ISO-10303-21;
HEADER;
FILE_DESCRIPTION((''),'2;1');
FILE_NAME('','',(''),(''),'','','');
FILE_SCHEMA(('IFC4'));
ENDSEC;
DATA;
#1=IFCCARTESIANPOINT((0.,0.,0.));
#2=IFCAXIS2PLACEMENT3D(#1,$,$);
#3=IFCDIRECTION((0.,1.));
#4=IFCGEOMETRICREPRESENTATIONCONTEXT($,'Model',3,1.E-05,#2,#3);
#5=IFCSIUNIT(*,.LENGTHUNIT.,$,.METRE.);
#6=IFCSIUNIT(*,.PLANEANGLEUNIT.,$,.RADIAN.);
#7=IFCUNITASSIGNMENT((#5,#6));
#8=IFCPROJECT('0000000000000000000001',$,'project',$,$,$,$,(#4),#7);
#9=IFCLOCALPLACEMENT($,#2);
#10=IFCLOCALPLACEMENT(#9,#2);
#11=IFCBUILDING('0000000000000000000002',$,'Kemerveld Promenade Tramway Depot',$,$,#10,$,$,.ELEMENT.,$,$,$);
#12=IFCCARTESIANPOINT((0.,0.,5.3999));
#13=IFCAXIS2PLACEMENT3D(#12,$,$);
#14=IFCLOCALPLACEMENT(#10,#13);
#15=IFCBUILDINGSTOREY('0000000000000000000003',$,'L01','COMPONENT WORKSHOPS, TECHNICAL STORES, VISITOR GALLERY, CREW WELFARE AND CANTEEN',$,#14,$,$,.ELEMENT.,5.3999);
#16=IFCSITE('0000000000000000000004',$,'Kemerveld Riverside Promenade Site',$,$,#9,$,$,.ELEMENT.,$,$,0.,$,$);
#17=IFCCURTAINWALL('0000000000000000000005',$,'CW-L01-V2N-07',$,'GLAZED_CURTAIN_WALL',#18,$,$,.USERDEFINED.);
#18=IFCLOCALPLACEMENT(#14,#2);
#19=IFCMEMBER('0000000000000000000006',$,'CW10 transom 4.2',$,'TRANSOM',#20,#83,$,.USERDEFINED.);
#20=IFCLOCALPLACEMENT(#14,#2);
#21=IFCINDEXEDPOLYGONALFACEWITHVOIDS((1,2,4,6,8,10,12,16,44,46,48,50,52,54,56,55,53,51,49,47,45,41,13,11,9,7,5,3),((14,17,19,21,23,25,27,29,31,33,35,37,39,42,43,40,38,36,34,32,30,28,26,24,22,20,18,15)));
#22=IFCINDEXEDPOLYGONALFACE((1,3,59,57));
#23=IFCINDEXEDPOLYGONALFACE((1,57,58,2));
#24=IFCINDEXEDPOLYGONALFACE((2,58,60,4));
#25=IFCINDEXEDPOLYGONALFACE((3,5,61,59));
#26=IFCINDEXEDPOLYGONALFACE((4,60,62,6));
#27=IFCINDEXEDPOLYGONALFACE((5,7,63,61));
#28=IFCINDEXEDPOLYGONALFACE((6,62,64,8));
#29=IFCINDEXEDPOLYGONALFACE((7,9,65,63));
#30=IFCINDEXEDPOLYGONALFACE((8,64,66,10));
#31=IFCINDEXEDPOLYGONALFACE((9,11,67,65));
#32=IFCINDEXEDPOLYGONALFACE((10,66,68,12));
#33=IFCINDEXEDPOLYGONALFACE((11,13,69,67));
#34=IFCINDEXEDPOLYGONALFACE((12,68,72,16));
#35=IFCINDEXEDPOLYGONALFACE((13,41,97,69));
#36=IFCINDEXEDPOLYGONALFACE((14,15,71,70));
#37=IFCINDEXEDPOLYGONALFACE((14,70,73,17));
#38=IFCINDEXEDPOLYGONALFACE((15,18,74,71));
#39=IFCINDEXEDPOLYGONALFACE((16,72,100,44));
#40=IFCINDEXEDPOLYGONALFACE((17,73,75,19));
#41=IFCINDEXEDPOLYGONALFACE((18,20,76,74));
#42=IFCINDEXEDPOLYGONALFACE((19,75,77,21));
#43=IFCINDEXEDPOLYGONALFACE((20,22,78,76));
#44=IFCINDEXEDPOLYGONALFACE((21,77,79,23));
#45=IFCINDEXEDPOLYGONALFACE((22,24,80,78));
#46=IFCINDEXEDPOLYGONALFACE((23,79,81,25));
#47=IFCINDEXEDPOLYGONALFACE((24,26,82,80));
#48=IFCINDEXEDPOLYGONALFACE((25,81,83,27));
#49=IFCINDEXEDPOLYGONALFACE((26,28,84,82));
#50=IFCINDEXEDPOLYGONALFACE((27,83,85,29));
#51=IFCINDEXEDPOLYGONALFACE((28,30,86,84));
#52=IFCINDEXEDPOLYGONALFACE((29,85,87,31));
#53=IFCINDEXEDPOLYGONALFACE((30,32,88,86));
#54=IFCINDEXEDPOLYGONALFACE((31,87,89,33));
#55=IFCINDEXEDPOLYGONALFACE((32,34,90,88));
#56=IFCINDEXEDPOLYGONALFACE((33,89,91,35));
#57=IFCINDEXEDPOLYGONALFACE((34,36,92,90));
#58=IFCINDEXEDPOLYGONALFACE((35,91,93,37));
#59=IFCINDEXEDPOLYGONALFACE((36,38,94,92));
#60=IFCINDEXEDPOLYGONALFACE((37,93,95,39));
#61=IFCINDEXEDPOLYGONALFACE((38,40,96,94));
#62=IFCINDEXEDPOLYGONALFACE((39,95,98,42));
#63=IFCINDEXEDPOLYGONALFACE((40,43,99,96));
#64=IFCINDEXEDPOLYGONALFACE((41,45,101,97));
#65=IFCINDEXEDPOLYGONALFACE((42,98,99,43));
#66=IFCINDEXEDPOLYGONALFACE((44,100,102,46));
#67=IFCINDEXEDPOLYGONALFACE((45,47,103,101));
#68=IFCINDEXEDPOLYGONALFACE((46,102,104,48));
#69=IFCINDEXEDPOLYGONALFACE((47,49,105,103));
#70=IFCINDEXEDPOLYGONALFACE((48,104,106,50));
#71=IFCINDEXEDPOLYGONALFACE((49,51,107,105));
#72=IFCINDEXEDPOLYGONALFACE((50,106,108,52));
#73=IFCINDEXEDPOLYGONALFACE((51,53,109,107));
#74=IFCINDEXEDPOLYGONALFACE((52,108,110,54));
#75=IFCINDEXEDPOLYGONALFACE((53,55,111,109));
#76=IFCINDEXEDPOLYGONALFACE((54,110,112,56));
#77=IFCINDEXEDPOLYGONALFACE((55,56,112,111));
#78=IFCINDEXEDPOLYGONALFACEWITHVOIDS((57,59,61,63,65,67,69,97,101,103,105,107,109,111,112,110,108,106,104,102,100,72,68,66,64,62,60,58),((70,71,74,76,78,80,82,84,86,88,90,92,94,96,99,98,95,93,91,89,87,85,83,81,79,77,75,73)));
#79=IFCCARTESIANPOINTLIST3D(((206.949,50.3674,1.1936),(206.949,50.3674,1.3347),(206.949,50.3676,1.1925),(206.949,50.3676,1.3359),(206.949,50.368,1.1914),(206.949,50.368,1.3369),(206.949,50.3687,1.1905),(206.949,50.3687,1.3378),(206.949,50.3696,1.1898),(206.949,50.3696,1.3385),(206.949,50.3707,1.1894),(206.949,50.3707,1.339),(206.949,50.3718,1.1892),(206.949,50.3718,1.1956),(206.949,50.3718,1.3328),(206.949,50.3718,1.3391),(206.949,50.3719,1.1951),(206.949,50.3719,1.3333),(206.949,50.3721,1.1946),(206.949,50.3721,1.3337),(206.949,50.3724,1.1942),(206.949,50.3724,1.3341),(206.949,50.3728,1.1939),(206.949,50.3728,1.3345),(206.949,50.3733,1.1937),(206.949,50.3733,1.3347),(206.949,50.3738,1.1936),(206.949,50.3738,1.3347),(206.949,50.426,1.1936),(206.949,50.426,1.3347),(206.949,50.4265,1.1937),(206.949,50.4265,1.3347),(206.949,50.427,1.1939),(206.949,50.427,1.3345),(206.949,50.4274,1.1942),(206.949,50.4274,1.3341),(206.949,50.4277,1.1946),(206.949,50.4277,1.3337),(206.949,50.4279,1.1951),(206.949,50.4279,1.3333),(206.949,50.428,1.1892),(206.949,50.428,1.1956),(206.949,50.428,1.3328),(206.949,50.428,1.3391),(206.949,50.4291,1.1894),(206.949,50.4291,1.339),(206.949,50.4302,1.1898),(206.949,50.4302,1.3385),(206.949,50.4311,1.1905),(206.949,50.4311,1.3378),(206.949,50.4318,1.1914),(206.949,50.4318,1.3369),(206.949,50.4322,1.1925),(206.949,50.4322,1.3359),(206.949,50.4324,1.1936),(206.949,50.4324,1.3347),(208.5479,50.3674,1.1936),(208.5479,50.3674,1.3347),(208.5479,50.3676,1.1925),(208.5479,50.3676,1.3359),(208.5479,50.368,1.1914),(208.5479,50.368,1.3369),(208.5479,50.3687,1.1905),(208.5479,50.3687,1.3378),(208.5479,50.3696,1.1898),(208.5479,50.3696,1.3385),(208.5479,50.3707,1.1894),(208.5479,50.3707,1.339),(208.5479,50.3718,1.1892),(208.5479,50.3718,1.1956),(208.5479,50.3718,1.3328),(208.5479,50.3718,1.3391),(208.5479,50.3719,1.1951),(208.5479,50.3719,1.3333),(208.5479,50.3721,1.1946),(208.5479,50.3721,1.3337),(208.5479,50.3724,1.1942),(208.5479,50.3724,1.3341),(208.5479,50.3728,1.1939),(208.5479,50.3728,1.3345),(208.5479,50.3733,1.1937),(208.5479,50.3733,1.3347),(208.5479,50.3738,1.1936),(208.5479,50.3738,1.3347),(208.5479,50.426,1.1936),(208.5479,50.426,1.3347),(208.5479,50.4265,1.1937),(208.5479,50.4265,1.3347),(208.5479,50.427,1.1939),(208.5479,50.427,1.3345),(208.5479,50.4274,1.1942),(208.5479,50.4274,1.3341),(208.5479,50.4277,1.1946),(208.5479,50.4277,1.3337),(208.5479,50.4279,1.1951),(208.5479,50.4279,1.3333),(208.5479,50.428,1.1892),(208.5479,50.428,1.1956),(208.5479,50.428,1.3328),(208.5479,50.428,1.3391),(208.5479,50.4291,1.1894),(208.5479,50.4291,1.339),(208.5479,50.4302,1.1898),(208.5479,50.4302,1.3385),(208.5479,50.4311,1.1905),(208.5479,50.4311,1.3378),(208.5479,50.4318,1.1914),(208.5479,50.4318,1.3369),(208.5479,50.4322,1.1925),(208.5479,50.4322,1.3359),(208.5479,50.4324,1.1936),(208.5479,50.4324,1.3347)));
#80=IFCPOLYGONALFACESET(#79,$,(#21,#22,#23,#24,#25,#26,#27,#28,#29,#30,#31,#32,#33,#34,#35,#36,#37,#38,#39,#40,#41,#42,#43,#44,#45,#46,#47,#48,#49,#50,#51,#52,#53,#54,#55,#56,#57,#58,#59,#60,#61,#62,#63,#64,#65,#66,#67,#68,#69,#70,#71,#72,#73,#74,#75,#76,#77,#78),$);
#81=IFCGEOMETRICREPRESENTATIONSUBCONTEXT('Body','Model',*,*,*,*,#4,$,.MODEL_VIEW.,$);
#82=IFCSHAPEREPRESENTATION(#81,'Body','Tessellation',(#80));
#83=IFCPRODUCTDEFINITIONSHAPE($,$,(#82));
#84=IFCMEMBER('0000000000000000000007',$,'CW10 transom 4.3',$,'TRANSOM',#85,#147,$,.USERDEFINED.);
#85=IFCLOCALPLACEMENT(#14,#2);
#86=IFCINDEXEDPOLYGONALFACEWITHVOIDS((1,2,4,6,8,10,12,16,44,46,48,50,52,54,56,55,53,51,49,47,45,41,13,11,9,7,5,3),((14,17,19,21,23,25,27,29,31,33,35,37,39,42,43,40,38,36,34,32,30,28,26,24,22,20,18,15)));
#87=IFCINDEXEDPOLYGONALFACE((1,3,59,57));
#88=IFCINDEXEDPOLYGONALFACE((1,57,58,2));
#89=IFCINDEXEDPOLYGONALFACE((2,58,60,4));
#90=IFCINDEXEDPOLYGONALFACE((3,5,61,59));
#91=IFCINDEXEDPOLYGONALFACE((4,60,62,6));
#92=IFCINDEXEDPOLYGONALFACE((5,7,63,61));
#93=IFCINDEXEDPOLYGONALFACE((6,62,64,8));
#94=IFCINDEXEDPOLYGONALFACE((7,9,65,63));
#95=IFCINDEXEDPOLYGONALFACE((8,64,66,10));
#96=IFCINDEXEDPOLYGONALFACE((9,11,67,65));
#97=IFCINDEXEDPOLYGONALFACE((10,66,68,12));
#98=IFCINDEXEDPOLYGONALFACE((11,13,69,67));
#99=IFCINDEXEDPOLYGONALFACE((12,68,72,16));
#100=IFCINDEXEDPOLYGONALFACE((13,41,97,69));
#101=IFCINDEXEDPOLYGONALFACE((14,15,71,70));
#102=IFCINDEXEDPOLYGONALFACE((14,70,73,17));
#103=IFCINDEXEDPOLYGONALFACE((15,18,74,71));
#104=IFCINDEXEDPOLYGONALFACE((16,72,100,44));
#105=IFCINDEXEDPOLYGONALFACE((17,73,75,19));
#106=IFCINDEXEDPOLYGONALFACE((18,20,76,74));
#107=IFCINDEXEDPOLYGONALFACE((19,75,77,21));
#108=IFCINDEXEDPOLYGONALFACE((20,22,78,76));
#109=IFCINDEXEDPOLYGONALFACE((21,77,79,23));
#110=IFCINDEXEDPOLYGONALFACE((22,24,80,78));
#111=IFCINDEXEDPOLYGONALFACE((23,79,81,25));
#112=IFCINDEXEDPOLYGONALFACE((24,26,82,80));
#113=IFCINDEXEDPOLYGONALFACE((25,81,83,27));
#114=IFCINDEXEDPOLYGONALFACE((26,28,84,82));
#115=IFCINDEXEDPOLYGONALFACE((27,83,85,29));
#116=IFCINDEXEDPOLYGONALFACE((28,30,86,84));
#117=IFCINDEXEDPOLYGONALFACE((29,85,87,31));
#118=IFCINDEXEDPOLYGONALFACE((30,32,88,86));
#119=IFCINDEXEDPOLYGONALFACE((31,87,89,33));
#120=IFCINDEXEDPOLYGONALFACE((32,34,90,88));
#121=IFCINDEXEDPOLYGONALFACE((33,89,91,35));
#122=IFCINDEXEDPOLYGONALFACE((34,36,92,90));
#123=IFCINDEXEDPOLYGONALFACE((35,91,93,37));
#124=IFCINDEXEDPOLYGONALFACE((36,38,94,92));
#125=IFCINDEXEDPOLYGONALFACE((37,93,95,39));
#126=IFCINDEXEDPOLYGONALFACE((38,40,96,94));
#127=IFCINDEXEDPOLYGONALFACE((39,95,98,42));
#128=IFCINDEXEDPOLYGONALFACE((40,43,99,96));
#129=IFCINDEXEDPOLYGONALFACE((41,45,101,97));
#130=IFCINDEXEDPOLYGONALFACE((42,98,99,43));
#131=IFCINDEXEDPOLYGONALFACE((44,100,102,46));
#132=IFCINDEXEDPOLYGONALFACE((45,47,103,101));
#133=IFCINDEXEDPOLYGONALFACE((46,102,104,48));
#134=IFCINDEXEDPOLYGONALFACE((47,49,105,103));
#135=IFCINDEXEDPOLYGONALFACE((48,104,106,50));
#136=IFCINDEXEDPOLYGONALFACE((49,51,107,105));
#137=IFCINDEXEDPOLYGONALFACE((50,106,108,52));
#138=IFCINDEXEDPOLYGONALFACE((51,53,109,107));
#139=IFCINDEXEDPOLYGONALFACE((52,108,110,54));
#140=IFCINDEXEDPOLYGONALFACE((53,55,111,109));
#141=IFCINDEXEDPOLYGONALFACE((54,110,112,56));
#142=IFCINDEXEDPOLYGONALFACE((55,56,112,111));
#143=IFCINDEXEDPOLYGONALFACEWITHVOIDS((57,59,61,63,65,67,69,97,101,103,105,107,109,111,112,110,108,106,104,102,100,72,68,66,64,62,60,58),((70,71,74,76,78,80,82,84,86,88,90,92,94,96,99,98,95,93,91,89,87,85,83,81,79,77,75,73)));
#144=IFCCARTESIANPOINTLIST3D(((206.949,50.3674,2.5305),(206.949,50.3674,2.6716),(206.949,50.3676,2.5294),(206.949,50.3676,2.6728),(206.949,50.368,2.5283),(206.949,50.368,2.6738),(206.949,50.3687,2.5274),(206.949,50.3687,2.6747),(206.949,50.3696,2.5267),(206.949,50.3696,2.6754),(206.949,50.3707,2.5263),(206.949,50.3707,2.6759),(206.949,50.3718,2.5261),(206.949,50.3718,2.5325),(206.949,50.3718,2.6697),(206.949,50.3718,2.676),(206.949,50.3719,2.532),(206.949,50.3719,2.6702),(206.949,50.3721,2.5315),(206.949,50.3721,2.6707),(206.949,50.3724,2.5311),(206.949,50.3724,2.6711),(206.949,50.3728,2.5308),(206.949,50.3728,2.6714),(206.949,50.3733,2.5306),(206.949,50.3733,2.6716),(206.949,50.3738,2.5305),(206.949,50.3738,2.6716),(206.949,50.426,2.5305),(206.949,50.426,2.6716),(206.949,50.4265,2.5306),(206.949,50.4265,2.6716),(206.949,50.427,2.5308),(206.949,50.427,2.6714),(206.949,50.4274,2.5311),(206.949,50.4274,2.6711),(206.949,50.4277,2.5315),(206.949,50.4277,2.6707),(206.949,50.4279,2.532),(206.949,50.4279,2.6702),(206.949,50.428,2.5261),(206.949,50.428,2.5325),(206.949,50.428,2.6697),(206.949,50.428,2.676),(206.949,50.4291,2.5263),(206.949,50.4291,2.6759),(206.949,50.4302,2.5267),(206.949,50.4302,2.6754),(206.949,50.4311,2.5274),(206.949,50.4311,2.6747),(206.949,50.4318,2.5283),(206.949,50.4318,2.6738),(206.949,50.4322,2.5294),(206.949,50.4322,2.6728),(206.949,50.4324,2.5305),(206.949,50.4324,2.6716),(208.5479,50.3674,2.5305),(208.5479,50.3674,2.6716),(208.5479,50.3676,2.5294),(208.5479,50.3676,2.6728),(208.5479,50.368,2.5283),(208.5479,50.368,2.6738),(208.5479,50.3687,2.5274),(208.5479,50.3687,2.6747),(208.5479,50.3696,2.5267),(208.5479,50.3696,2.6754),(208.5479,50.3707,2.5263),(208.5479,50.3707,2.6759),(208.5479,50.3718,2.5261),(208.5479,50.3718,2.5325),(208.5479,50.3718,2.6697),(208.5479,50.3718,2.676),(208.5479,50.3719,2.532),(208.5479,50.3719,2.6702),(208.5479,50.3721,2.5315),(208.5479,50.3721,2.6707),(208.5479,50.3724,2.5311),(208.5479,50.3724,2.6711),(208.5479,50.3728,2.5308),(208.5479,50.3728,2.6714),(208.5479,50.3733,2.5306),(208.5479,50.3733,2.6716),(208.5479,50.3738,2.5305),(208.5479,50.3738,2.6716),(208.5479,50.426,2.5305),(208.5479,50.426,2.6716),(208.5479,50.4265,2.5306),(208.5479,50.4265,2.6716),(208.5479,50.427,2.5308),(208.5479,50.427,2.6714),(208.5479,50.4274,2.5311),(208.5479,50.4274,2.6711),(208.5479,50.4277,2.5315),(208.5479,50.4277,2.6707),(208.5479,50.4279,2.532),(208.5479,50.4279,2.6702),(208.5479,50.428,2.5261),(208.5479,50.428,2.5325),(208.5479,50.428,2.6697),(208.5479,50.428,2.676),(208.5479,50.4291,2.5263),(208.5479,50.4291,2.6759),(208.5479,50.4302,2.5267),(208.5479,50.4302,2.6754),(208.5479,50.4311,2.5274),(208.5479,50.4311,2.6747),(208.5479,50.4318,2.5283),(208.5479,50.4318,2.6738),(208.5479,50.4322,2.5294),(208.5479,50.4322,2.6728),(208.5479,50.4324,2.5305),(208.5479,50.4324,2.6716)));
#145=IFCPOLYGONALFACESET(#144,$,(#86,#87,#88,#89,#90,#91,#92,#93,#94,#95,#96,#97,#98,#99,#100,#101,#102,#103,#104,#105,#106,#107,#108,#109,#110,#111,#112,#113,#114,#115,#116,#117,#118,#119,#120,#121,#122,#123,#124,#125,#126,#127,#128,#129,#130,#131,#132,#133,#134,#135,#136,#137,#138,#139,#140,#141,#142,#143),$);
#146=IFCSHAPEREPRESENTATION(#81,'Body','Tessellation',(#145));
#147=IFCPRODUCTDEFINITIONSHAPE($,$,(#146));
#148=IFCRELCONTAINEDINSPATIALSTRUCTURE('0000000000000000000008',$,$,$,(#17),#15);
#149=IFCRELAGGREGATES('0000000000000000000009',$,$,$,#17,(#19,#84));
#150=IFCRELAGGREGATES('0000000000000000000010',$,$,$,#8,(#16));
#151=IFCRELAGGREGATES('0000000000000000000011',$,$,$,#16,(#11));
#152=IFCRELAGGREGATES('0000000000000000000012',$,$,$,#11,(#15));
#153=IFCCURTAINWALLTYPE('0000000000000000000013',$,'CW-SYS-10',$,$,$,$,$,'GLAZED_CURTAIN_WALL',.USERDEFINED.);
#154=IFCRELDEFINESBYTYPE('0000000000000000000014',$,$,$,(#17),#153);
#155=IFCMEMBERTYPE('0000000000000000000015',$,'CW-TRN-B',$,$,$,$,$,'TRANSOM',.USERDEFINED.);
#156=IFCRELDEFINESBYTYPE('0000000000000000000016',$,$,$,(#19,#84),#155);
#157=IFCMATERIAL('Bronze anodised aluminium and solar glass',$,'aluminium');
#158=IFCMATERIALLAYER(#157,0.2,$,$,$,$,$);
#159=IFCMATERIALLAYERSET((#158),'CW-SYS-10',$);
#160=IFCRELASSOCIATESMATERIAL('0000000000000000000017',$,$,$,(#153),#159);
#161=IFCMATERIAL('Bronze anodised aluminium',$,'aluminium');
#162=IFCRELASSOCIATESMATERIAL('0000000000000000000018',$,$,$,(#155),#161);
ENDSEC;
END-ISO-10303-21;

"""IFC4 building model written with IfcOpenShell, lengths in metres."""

from ifc_helpers import new_model, si_unit, direction, frame, origin, origin_2d, place, context, subcontext, project, spatial, hollow_rectangle, extrude, material, layer, layer_set, material_profile, profile_set, type_object, element, aggregate, save


model = new_model("IFC4")

# Units and contexts
model_context = context("Model", 3, precision=1e-05, world=origin(), true_north=direction((0.0, 1.0)))
body_context = subcontext(model_context, "Body", "Model", "MODEL_VIEW")
ifc_project = project(units=[si_unit("LENGTHUNIT", "METRE"), si_unit("PLANEANGLEUNIT", "RADIAN")], contexts=[model_context])

# Site, building, storey
site_placement = place(None, origin())
site = spatial("IfcSite", under=ifc_project, at=site_placement, Name="Kemerveld Riverside Promenade Site", CompositionType="ELEMENT", RefElevation=0.0)
building_placement = place(site_placement, origin())
building = spatial("IfcBuilding", under=site, at=building_placement, Name="Kemerveld Promenade Tramway Depot", CompositionType="ELEMENT")
storey_placement = place(building_placement, frame((0.0, 0.0, 5.3999)))
storey = spatial("IfcBuildingStorey", under=building, at=storey_placement, Name="L01", Description="COMPONENT WORKSHOPS, TECHNICAL STORES, VISITOR GALLERY, CREW WELFARE AND CANTEEN", CompositionType="ELEMENT", Elevation=5.3999)

# Curtain wall, members
ifc_material_1 = material(Name="Bronze anodised aluminium and solar glass", Category="aluminium")
ifc_layer_1 = layer(ifc_material_1, 0.2)
ifc_layer_set_1 = layer_set([ifc_layer_1], Name="CW-SYS-10")
curtain_wall_type = type_object("IfcCurtainWallType", Name="CW-SYS-10", ElementType="GLAZED_CURTAIN_WALL", PredefinedType="USERDEFINED", material=ifc_layer_set_1)
curtain_wall_placement = place(storey_placement, origin())
curtain_wall = element("IfcCurtainWall", 1, at=curtain_wall_placement, inside=storey, type_object=curtain_wall_type, Name="CW-L01-V2N-07", ObjectType="GLAZED_CURTAIN_WALL", PredefinedType="USERDEFINED")
ifc_material_2 = material(Name="Bronze anodised aluminium", Category="aluminium")
ifc_material_profile_1 = material_profile(ifc_material_2, hollow_rectangle(XDim=0.0649, YDim=0.1499, WallThickness=0.0044, InnerFilletRadius=0.002, OuterFilletRadius=0.0044, at=origin_2d()), Name="CW-TRN-150x65")
ifc_profile_set_1 = profile_set([ifc_material_profile_1], Name="Bronze anodised aluminium")
member_type_1 = type_object("IfcMemberType", Name="CW-TRN-B", ElementType="TRANSOM", PredefinedType="USERDEFINED", material=ifc_profile_set_1)
member_1_placement = place(storey_placement, frame((206.949, 50.3999, 1.2642), z_axis=(1.0, 0.0, 0.0), x_axis=(0.0, 1.0, 0.0)))
member_1 = element("IfcMember", 2, at=member_1_placement, type_object=member_type_1, Name="CW10 transom 4.2", ObjectType="TRANSOM", PredefinedType="USERDEFINED", context=body_context, shape_type="SweptSolid", body=[
    extrude(hollow_rectangle(XDim=0.0649, YDim=0.1499, WallThickness=0.0044, InnerFilletRadius=0.002, OuterFilletRadius=0.0044, at=origin_2d()), origin(), (0.0, 0.0, 1.0), 1.5989),
])
member_2_placement = place(storey_placement, frame((206.949, 50.3999, 2.6011), z_axis=(1.0, 0.0, 0.0), x_axis=(0.0, 1.0, 0.0)))
member_2 = element("IfcMember", 3, at=member_2_placement, type_object=member_type_1, Name="CW10 transom 4.3", ObjectType="TRANSOM", PredefinedType="USERDEFINED", context=body_context, shape_type="SweptSolid", body=[
    extrude(hollow_rectangle(XDim=0.0649, YDim=0.1499, WallThickness=0.0044, InnerFilletRadius=0.002, OuterFilletRadius=0.0044, at=origin_2d()), origin(), (0.0, 0.0, 1.0), 1.5989),
])
aggregate(curtain_wall, [member_1, member_2])

save(model, "model.ifc")
